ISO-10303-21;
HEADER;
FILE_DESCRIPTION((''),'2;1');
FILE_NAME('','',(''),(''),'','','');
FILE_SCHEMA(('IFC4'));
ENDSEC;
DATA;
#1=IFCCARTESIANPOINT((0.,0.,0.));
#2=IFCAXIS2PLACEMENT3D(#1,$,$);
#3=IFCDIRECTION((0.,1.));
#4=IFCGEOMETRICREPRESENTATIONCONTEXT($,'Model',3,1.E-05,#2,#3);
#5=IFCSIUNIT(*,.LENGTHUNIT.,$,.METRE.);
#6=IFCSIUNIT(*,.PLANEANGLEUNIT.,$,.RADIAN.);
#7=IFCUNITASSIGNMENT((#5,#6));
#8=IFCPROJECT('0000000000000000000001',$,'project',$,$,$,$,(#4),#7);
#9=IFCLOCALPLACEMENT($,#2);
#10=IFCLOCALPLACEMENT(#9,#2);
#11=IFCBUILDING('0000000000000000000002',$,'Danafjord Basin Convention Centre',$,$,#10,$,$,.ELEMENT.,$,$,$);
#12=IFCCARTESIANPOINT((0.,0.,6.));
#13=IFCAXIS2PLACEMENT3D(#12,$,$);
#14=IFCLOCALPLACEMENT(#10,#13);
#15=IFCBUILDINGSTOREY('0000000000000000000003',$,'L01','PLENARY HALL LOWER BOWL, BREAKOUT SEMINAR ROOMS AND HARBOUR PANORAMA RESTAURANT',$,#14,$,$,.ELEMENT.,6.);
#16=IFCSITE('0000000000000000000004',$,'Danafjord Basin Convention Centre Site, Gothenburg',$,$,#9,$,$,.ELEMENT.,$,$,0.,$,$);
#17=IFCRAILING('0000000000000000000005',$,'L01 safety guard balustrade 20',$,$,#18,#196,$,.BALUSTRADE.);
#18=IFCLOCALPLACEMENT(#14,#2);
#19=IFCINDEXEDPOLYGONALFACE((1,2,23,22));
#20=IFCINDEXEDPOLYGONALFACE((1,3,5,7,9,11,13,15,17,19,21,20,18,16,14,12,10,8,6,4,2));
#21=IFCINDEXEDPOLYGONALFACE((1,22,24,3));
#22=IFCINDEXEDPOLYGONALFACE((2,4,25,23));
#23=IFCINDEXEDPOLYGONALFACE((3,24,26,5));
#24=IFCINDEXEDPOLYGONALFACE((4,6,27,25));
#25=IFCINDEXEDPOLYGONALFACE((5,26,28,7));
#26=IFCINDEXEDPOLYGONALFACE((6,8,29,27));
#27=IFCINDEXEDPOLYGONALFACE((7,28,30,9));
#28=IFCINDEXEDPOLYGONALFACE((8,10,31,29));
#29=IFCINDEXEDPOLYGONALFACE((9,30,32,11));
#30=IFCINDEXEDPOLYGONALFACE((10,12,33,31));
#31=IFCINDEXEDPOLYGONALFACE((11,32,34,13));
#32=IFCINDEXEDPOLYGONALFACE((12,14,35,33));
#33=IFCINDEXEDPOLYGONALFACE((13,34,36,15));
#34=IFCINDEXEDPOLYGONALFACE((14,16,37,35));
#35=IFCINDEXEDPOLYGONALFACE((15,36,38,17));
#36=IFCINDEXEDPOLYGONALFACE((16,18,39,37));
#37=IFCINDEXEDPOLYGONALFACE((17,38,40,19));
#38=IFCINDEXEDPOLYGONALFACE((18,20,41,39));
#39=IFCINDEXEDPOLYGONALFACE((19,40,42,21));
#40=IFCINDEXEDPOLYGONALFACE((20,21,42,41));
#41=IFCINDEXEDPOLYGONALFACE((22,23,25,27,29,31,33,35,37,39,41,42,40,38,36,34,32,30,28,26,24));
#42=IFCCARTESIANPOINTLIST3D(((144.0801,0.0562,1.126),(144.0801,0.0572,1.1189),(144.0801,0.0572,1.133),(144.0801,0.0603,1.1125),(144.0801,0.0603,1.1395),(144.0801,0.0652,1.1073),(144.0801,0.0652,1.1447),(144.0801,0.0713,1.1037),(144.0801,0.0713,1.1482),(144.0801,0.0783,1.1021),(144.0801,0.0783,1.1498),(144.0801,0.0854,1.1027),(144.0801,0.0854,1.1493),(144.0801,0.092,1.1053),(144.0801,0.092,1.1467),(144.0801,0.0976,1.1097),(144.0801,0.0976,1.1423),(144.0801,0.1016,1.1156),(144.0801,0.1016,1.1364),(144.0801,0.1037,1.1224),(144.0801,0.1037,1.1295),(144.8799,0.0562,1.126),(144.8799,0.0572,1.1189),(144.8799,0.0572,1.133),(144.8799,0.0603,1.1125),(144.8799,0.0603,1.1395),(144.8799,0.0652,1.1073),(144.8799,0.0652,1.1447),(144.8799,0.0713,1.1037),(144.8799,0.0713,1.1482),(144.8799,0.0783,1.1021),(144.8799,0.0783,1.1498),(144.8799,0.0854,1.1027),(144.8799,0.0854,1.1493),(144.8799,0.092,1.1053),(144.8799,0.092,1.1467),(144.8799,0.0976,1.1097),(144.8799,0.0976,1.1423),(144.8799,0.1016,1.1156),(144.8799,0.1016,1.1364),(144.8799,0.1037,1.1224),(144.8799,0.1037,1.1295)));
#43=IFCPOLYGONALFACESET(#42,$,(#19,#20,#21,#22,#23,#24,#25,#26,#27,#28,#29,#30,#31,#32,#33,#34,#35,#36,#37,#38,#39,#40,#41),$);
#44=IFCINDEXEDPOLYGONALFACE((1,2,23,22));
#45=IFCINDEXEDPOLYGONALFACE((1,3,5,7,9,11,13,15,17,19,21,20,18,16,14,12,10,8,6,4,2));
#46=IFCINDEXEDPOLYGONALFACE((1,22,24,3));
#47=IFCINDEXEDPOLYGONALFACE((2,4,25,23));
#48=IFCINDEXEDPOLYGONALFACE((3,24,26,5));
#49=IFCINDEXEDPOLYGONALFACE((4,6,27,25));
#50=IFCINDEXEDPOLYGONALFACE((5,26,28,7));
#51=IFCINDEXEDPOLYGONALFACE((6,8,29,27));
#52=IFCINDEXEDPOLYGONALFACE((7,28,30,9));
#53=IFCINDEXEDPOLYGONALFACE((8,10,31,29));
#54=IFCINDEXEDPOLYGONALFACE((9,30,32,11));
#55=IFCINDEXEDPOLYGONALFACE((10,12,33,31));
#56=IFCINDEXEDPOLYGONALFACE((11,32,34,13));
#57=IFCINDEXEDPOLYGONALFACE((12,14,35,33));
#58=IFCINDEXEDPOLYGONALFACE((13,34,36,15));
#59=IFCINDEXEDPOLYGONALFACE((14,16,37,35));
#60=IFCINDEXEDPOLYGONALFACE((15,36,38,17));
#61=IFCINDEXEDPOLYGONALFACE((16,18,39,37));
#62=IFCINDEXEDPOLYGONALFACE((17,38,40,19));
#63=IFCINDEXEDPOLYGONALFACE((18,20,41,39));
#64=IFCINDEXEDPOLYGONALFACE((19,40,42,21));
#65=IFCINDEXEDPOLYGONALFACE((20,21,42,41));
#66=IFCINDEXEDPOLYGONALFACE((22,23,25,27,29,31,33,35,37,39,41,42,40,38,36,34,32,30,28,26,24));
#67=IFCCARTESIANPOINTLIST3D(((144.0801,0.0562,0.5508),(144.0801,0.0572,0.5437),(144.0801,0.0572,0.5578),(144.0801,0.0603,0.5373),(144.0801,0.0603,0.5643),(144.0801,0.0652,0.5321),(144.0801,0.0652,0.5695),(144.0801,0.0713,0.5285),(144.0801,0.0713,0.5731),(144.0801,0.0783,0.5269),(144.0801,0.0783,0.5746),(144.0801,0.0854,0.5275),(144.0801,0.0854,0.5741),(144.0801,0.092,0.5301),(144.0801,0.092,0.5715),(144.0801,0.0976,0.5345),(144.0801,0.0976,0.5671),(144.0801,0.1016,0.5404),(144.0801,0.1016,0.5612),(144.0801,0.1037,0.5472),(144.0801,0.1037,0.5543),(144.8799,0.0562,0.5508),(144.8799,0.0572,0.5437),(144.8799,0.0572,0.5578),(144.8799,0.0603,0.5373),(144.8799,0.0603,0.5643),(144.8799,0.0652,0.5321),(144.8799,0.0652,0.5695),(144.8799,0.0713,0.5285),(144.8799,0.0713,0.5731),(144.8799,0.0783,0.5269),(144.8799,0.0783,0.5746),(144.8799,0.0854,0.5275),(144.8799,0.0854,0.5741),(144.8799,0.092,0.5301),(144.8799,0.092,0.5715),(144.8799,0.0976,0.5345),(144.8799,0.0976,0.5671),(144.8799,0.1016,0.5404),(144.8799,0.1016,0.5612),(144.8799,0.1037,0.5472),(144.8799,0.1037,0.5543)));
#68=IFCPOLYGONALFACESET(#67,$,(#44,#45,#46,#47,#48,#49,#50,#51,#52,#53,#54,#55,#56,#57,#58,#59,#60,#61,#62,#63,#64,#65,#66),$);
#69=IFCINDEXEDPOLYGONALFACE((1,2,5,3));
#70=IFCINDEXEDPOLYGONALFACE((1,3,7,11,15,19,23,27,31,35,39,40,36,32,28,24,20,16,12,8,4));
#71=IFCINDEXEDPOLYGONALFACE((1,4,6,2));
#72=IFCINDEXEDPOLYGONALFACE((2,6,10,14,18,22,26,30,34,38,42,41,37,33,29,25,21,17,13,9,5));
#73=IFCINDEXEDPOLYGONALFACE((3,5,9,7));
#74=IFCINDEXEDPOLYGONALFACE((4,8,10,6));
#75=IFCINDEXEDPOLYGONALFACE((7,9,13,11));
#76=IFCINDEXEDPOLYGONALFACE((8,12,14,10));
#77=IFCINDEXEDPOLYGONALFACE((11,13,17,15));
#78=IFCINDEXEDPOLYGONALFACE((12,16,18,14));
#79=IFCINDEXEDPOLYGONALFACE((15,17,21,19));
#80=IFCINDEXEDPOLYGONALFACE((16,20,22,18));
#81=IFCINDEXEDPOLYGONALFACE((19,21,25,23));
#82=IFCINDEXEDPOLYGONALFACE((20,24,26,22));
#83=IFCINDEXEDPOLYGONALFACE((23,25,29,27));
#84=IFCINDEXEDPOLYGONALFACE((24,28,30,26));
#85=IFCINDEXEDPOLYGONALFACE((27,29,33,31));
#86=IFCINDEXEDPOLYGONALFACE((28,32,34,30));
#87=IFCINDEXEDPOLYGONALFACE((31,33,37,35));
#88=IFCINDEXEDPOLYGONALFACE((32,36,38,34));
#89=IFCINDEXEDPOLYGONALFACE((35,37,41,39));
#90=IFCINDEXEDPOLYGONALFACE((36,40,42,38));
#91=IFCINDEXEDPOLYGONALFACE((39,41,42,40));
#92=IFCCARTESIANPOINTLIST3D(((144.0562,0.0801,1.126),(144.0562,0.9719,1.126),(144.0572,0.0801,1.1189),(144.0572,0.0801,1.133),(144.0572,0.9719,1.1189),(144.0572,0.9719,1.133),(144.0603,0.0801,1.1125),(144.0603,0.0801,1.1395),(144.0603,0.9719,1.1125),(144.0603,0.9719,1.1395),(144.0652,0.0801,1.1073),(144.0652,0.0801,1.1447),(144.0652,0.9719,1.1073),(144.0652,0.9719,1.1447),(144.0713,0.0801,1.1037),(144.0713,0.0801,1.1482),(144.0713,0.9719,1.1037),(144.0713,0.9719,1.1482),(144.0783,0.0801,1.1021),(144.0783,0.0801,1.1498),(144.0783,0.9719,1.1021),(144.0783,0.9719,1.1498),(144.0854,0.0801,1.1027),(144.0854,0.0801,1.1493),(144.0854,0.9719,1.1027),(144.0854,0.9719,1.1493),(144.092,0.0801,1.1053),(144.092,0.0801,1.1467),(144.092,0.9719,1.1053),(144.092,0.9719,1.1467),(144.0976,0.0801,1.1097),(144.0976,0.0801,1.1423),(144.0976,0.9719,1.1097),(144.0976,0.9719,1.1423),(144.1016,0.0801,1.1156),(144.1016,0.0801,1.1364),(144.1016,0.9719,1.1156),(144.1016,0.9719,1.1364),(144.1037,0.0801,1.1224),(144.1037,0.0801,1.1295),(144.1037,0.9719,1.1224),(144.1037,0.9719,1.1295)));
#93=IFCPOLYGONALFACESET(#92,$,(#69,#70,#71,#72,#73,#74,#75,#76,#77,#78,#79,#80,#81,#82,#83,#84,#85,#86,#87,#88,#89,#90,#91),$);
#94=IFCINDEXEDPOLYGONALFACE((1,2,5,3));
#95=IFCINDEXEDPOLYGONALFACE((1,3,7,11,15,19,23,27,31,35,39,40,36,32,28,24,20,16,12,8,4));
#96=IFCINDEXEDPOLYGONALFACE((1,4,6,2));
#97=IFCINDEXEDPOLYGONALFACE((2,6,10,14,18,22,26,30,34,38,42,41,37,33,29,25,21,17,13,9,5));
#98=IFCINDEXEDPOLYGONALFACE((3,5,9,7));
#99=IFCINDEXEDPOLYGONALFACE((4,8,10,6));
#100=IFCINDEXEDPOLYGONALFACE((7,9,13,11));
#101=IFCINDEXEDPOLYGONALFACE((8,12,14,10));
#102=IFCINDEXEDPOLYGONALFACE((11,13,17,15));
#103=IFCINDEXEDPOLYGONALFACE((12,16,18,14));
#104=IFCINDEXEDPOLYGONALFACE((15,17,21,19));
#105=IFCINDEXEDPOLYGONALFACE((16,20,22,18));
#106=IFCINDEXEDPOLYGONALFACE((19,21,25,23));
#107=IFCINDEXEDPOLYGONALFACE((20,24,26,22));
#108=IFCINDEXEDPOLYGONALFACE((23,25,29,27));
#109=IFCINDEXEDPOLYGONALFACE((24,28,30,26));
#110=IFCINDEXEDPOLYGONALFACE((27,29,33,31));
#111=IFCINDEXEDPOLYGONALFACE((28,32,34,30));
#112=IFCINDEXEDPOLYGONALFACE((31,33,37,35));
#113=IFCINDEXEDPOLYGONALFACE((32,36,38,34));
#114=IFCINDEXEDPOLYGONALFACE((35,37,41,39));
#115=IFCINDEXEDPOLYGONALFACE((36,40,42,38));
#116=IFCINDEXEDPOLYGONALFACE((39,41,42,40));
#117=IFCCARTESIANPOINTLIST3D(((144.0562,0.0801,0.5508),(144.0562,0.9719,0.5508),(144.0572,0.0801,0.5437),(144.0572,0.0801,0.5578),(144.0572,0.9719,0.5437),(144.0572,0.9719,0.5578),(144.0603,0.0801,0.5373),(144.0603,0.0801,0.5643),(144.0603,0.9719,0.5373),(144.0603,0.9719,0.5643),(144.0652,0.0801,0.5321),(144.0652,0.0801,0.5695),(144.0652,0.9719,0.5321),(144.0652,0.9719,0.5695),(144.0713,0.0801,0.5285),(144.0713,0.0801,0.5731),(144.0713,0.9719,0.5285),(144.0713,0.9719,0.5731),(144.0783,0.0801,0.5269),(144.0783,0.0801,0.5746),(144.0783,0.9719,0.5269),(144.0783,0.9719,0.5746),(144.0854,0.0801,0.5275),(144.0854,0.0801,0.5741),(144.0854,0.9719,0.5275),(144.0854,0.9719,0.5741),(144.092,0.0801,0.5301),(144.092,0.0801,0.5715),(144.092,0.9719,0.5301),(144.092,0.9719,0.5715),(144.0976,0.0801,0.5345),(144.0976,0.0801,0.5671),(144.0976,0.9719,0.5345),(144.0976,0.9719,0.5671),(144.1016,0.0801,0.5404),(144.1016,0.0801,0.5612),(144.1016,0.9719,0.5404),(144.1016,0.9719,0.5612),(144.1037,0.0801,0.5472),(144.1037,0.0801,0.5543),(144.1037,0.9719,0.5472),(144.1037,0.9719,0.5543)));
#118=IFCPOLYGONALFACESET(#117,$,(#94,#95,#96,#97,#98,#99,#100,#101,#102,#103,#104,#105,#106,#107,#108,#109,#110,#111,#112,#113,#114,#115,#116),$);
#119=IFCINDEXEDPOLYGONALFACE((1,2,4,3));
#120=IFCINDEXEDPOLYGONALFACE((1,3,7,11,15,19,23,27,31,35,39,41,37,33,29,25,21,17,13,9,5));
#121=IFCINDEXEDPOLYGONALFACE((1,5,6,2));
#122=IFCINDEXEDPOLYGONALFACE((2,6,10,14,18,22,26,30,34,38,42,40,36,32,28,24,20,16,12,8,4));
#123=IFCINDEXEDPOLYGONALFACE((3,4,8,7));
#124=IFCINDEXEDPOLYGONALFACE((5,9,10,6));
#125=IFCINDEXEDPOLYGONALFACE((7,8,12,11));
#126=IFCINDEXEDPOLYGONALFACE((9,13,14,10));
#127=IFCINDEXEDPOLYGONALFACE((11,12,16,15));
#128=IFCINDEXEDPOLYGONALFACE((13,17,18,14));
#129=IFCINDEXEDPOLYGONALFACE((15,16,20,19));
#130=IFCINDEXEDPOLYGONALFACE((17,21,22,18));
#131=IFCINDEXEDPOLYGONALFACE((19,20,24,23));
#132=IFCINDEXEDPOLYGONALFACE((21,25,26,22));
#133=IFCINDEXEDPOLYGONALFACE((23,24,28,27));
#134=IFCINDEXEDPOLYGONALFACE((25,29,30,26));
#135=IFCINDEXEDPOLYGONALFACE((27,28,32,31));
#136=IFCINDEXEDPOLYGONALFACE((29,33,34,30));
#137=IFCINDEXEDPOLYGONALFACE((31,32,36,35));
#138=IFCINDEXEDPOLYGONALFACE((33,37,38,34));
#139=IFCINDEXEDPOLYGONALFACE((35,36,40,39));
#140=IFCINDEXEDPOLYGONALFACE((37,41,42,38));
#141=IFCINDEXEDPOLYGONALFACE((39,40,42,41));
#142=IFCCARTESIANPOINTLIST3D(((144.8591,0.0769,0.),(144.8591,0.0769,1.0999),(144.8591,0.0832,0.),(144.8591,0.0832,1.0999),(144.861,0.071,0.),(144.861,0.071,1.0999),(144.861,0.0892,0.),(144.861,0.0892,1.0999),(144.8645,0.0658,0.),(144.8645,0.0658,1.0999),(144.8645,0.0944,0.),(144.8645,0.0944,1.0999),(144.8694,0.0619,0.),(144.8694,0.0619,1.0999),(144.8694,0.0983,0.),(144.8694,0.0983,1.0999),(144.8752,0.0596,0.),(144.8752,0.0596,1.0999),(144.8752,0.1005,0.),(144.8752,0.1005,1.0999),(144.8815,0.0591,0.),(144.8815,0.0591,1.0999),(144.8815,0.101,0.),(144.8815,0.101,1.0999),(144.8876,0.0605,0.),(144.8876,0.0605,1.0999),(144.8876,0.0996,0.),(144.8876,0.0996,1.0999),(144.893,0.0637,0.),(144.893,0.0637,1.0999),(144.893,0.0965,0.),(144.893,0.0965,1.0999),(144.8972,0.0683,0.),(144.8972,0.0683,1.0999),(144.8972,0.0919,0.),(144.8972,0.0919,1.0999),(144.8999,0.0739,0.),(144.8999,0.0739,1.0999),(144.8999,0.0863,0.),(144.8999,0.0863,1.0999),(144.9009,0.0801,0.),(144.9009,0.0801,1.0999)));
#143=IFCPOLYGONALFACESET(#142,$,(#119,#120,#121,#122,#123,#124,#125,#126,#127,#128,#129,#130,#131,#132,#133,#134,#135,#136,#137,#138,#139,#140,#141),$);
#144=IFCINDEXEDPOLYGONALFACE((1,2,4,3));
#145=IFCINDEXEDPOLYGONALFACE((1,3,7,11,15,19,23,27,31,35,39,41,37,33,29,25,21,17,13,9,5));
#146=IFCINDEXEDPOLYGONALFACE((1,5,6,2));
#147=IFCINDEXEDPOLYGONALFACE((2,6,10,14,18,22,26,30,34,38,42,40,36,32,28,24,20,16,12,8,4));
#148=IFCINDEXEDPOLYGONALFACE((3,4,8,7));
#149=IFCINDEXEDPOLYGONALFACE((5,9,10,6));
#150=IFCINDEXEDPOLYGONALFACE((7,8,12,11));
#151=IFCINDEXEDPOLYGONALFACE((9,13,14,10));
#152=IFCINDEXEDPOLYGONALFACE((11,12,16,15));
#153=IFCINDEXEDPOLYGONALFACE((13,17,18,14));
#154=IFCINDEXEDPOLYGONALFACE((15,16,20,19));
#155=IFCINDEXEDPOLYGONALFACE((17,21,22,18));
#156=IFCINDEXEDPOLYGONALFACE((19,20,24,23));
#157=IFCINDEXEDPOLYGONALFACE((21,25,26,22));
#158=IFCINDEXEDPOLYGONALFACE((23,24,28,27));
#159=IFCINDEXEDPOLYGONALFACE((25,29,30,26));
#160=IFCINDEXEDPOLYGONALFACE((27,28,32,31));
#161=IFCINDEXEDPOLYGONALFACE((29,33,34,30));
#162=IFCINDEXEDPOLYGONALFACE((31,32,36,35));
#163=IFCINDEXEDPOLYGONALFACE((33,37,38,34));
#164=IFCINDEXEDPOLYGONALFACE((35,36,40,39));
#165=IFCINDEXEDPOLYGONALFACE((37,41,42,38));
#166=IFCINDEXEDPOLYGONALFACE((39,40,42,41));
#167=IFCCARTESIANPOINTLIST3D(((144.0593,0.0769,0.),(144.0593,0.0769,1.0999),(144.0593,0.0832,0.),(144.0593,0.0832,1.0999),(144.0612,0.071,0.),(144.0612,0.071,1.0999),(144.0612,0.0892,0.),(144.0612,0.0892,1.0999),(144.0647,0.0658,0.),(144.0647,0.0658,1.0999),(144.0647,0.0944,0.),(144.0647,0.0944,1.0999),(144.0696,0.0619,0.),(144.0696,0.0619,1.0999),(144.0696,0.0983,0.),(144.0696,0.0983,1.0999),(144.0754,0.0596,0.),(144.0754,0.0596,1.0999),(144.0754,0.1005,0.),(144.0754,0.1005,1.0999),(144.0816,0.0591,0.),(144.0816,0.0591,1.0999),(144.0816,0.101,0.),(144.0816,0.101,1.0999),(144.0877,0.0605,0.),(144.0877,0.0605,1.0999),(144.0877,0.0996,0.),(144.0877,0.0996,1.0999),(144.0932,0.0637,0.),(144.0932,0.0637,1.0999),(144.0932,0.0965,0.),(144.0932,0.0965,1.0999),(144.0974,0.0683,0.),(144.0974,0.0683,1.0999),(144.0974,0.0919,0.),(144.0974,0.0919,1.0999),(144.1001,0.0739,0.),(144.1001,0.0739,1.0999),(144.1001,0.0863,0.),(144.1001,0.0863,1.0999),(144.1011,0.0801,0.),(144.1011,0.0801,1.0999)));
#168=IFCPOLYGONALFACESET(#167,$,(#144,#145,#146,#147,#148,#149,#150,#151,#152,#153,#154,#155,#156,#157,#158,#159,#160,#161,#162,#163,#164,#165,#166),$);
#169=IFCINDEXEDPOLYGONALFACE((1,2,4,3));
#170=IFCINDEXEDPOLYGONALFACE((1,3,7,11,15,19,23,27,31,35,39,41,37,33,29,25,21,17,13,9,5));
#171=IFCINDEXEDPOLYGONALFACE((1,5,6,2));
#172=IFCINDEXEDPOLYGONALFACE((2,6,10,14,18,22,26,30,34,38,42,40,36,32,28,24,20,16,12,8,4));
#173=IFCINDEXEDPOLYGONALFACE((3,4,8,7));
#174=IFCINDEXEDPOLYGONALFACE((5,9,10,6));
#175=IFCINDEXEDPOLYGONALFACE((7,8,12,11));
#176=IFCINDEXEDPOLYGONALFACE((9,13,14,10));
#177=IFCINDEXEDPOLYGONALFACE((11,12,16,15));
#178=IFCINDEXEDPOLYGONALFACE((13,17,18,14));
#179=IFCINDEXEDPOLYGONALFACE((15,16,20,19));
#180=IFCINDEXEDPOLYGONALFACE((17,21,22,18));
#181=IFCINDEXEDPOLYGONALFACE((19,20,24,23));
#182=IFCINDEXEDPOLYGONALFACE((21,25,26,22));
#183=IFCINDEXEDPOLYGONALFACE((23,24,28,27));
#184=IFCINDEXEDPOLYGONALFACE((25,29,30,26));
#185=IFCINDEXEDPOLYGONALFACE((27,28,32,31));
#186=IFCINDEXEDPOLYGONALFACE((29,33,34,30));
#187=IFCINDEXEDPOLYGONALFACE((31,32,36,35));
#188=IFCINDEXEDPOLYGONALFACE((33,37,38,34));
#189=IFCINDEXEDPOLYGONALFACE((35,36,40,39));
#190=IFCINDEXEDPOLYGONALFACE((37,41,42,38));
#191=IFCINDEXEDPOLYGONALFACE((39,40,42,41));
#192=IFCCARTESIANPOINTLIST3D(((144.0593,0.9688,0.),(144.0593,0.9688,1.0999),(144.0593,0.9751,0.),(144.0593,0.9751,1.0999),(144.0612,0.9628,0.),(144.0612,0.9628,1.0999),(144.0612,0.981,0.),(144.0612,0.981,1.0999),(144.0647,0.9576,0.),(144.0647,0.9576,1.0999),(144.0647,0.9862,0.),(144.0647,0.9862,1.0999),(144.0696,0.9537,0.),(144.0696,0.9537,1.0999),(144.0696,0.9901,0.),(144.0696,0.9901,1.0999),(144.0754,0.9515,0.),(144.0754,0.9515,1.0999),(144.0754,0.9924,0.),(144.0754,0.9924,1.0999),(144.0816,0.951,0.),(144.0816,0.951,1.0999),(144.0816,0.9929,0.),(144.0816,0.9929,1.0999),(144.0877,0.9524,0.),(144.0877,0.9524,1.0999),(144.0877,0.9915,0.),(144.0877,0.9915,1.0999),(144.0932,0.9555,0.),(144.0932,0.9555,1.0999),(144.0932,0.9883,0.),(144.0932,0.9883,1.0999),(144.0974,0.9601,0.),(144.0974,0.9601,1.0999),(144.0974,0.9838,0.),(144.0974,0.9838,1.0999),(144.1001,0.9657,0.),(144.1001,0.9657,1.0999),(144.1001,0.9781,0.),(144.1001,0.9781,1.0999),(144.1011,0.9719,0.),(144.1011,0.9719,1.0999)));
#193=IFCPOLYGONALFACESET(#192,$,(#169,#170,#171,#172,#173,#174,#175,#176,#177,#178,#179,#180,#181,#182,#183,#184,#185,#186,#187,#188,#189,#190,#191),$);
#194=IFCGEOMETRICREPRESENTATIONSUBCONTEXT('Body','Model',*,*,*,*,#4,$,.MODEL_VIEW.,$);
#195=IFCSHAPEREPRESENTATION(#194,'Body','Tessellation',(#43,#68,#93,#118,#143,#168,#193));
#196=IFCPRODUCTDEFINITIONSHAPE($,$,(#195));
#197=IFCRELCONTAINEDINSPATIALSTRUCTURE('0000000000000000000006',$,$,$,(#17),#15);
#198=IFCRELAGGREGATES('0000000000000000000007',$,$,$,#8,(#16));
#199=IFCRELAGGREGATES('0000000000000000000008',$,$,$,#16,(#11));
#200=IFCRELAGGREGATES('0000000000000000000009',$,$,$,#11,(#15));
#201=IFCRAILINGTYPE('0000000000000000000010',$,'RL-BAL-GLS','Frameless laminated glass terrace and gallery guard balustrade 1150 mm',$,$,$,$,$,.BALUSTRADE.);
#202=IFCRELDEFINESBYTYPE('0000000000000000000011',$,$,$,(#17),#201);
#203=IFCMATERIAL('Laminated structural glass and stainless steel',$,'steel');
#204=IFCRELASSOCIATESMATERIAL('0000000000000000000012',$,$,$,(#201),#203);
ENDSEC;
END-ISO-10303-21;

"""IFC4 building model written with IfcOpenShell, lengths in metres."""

from ifc_helpers import new_model, si_unit, direction, frame, origin, origin_2d, place, context, subcontext, project, spatial, circle, extrude, material, type_object, element, save


model = new_model("IFC4")

# Units and contexts
model_context = context("Model", 3, precision=1e-05, world=origin(), true_north=direction((0.0, 1.0)))
body_context = subcontext(model_context, "Body", "Model", "MODEL_VIEW")
ifc_project = project(units=[si_unit("LENGTHUNIT", "METRE"), si_unit("PLANEANGLEUNIT", "RADIAN")], contexts=[model_context])

# Site, building, storey
site_placement = place(None, origin())
site = spatial("IfcSite", under=ifc_project, at=site_placement, Name="Danafjord Basin Convention Centre Site, Gothenburg", CompositionType="ELEMENT", RefElevation=0.0)
building_placement = place(site_placement, origin())
building = spatial("IfcBuilding", under=site, at=building_placement, Name="Danafjord Basin Convention Centre", CompositionType="ELEMENT")
storey_placement = place(building_placement, frame((0.0, 0.0, 6.0)))
storey = spatial("IfcBuildingStorey", under=building, at=storey_placement, Name="L01", Description="PLENARY HALL LOWER BOWL, BREAKOUT SEMINAR ROOMS AND HARBOUR PANORAMA RESTAURANT", CompositionType="ELEMENT", Elevation=6.0)

# Railing
ifc_material_1 = material(Name="Laminated structural glass and stainless steel", Category="steel")
railing_type_1 = type_object("IfcRailingType", Name="RL-BAL-GLS", Description="Frameless laminated glass terrace and gallery guard balustrade 1150 mm", PredefinedType="BALUSTRADE", material=ifc_material_1)
railing_1_placement = place(storey_placement, frame((144.8799, 0.0801, 0.0)))
element("IfcRailing", 1, at=railing_1_placement, inside=storey, type_object=railing_type_1, Name="L01 safety guard balustrade 20", PredefinedType="BALUSTRADE", context=body_context, shape_type="SweptSolid", body=[
    extrude(circle(Radius=0.0239, at=origin_2d()), frame((0.0, 0.0, 1.126), z_axis=(-1.0, 0.0, 0.0), x_axis=(0.0, -1.0, 0.0)), (0.0, 0.0, 1.0), 0.7998),
    extrude(circle(Radius=0.0239, at=origin_2d()), frame((0.0, 0.0, 0.5508), z_axis=(-1.0, 0.0, 0.0), x_axis=(0.0, -1.0, 0.0)), (0.0, 0.0, 1.0), 0.7998),
    extrude(circle(Radius=0.0239, at=origin_2d()), frame((-0.7998, 0.0, 1.126), z_axis=(0.0, 1.0, 0.0), x_axis=(-1.0, 0.0, 0.0)), (0.0, 0.0, 1.0), 0.8918),
    extrude(circle(Radius=0.0239, at=origin_2d()), frame((-0.7998, 0.0, 0.5508), z_axis=(0.0, 1.0, 0.0), x_axis=(-1.0, 0.0, 0.0)), (0.0, 0.0, 1.0), 0.8918),
    extrude(circle(Radius=0.021, at=origin_2d()), origin(), (0.0, 0.0, 1.0), 1.0999),
    extrude(circle(Radius=0.021, at=origin_2d()), frame((-0.7998, 0.0, 0.0)), (0.0, 0.0, 1.0), 1.0999),
    extrude(circle(Radius=0.021, at=origin_2d()), frame((-0.7998, 0.8918, 0.0)), (0.0, 0.0, 1.0), 1.0999),
])

save(model, "model.ifc")
